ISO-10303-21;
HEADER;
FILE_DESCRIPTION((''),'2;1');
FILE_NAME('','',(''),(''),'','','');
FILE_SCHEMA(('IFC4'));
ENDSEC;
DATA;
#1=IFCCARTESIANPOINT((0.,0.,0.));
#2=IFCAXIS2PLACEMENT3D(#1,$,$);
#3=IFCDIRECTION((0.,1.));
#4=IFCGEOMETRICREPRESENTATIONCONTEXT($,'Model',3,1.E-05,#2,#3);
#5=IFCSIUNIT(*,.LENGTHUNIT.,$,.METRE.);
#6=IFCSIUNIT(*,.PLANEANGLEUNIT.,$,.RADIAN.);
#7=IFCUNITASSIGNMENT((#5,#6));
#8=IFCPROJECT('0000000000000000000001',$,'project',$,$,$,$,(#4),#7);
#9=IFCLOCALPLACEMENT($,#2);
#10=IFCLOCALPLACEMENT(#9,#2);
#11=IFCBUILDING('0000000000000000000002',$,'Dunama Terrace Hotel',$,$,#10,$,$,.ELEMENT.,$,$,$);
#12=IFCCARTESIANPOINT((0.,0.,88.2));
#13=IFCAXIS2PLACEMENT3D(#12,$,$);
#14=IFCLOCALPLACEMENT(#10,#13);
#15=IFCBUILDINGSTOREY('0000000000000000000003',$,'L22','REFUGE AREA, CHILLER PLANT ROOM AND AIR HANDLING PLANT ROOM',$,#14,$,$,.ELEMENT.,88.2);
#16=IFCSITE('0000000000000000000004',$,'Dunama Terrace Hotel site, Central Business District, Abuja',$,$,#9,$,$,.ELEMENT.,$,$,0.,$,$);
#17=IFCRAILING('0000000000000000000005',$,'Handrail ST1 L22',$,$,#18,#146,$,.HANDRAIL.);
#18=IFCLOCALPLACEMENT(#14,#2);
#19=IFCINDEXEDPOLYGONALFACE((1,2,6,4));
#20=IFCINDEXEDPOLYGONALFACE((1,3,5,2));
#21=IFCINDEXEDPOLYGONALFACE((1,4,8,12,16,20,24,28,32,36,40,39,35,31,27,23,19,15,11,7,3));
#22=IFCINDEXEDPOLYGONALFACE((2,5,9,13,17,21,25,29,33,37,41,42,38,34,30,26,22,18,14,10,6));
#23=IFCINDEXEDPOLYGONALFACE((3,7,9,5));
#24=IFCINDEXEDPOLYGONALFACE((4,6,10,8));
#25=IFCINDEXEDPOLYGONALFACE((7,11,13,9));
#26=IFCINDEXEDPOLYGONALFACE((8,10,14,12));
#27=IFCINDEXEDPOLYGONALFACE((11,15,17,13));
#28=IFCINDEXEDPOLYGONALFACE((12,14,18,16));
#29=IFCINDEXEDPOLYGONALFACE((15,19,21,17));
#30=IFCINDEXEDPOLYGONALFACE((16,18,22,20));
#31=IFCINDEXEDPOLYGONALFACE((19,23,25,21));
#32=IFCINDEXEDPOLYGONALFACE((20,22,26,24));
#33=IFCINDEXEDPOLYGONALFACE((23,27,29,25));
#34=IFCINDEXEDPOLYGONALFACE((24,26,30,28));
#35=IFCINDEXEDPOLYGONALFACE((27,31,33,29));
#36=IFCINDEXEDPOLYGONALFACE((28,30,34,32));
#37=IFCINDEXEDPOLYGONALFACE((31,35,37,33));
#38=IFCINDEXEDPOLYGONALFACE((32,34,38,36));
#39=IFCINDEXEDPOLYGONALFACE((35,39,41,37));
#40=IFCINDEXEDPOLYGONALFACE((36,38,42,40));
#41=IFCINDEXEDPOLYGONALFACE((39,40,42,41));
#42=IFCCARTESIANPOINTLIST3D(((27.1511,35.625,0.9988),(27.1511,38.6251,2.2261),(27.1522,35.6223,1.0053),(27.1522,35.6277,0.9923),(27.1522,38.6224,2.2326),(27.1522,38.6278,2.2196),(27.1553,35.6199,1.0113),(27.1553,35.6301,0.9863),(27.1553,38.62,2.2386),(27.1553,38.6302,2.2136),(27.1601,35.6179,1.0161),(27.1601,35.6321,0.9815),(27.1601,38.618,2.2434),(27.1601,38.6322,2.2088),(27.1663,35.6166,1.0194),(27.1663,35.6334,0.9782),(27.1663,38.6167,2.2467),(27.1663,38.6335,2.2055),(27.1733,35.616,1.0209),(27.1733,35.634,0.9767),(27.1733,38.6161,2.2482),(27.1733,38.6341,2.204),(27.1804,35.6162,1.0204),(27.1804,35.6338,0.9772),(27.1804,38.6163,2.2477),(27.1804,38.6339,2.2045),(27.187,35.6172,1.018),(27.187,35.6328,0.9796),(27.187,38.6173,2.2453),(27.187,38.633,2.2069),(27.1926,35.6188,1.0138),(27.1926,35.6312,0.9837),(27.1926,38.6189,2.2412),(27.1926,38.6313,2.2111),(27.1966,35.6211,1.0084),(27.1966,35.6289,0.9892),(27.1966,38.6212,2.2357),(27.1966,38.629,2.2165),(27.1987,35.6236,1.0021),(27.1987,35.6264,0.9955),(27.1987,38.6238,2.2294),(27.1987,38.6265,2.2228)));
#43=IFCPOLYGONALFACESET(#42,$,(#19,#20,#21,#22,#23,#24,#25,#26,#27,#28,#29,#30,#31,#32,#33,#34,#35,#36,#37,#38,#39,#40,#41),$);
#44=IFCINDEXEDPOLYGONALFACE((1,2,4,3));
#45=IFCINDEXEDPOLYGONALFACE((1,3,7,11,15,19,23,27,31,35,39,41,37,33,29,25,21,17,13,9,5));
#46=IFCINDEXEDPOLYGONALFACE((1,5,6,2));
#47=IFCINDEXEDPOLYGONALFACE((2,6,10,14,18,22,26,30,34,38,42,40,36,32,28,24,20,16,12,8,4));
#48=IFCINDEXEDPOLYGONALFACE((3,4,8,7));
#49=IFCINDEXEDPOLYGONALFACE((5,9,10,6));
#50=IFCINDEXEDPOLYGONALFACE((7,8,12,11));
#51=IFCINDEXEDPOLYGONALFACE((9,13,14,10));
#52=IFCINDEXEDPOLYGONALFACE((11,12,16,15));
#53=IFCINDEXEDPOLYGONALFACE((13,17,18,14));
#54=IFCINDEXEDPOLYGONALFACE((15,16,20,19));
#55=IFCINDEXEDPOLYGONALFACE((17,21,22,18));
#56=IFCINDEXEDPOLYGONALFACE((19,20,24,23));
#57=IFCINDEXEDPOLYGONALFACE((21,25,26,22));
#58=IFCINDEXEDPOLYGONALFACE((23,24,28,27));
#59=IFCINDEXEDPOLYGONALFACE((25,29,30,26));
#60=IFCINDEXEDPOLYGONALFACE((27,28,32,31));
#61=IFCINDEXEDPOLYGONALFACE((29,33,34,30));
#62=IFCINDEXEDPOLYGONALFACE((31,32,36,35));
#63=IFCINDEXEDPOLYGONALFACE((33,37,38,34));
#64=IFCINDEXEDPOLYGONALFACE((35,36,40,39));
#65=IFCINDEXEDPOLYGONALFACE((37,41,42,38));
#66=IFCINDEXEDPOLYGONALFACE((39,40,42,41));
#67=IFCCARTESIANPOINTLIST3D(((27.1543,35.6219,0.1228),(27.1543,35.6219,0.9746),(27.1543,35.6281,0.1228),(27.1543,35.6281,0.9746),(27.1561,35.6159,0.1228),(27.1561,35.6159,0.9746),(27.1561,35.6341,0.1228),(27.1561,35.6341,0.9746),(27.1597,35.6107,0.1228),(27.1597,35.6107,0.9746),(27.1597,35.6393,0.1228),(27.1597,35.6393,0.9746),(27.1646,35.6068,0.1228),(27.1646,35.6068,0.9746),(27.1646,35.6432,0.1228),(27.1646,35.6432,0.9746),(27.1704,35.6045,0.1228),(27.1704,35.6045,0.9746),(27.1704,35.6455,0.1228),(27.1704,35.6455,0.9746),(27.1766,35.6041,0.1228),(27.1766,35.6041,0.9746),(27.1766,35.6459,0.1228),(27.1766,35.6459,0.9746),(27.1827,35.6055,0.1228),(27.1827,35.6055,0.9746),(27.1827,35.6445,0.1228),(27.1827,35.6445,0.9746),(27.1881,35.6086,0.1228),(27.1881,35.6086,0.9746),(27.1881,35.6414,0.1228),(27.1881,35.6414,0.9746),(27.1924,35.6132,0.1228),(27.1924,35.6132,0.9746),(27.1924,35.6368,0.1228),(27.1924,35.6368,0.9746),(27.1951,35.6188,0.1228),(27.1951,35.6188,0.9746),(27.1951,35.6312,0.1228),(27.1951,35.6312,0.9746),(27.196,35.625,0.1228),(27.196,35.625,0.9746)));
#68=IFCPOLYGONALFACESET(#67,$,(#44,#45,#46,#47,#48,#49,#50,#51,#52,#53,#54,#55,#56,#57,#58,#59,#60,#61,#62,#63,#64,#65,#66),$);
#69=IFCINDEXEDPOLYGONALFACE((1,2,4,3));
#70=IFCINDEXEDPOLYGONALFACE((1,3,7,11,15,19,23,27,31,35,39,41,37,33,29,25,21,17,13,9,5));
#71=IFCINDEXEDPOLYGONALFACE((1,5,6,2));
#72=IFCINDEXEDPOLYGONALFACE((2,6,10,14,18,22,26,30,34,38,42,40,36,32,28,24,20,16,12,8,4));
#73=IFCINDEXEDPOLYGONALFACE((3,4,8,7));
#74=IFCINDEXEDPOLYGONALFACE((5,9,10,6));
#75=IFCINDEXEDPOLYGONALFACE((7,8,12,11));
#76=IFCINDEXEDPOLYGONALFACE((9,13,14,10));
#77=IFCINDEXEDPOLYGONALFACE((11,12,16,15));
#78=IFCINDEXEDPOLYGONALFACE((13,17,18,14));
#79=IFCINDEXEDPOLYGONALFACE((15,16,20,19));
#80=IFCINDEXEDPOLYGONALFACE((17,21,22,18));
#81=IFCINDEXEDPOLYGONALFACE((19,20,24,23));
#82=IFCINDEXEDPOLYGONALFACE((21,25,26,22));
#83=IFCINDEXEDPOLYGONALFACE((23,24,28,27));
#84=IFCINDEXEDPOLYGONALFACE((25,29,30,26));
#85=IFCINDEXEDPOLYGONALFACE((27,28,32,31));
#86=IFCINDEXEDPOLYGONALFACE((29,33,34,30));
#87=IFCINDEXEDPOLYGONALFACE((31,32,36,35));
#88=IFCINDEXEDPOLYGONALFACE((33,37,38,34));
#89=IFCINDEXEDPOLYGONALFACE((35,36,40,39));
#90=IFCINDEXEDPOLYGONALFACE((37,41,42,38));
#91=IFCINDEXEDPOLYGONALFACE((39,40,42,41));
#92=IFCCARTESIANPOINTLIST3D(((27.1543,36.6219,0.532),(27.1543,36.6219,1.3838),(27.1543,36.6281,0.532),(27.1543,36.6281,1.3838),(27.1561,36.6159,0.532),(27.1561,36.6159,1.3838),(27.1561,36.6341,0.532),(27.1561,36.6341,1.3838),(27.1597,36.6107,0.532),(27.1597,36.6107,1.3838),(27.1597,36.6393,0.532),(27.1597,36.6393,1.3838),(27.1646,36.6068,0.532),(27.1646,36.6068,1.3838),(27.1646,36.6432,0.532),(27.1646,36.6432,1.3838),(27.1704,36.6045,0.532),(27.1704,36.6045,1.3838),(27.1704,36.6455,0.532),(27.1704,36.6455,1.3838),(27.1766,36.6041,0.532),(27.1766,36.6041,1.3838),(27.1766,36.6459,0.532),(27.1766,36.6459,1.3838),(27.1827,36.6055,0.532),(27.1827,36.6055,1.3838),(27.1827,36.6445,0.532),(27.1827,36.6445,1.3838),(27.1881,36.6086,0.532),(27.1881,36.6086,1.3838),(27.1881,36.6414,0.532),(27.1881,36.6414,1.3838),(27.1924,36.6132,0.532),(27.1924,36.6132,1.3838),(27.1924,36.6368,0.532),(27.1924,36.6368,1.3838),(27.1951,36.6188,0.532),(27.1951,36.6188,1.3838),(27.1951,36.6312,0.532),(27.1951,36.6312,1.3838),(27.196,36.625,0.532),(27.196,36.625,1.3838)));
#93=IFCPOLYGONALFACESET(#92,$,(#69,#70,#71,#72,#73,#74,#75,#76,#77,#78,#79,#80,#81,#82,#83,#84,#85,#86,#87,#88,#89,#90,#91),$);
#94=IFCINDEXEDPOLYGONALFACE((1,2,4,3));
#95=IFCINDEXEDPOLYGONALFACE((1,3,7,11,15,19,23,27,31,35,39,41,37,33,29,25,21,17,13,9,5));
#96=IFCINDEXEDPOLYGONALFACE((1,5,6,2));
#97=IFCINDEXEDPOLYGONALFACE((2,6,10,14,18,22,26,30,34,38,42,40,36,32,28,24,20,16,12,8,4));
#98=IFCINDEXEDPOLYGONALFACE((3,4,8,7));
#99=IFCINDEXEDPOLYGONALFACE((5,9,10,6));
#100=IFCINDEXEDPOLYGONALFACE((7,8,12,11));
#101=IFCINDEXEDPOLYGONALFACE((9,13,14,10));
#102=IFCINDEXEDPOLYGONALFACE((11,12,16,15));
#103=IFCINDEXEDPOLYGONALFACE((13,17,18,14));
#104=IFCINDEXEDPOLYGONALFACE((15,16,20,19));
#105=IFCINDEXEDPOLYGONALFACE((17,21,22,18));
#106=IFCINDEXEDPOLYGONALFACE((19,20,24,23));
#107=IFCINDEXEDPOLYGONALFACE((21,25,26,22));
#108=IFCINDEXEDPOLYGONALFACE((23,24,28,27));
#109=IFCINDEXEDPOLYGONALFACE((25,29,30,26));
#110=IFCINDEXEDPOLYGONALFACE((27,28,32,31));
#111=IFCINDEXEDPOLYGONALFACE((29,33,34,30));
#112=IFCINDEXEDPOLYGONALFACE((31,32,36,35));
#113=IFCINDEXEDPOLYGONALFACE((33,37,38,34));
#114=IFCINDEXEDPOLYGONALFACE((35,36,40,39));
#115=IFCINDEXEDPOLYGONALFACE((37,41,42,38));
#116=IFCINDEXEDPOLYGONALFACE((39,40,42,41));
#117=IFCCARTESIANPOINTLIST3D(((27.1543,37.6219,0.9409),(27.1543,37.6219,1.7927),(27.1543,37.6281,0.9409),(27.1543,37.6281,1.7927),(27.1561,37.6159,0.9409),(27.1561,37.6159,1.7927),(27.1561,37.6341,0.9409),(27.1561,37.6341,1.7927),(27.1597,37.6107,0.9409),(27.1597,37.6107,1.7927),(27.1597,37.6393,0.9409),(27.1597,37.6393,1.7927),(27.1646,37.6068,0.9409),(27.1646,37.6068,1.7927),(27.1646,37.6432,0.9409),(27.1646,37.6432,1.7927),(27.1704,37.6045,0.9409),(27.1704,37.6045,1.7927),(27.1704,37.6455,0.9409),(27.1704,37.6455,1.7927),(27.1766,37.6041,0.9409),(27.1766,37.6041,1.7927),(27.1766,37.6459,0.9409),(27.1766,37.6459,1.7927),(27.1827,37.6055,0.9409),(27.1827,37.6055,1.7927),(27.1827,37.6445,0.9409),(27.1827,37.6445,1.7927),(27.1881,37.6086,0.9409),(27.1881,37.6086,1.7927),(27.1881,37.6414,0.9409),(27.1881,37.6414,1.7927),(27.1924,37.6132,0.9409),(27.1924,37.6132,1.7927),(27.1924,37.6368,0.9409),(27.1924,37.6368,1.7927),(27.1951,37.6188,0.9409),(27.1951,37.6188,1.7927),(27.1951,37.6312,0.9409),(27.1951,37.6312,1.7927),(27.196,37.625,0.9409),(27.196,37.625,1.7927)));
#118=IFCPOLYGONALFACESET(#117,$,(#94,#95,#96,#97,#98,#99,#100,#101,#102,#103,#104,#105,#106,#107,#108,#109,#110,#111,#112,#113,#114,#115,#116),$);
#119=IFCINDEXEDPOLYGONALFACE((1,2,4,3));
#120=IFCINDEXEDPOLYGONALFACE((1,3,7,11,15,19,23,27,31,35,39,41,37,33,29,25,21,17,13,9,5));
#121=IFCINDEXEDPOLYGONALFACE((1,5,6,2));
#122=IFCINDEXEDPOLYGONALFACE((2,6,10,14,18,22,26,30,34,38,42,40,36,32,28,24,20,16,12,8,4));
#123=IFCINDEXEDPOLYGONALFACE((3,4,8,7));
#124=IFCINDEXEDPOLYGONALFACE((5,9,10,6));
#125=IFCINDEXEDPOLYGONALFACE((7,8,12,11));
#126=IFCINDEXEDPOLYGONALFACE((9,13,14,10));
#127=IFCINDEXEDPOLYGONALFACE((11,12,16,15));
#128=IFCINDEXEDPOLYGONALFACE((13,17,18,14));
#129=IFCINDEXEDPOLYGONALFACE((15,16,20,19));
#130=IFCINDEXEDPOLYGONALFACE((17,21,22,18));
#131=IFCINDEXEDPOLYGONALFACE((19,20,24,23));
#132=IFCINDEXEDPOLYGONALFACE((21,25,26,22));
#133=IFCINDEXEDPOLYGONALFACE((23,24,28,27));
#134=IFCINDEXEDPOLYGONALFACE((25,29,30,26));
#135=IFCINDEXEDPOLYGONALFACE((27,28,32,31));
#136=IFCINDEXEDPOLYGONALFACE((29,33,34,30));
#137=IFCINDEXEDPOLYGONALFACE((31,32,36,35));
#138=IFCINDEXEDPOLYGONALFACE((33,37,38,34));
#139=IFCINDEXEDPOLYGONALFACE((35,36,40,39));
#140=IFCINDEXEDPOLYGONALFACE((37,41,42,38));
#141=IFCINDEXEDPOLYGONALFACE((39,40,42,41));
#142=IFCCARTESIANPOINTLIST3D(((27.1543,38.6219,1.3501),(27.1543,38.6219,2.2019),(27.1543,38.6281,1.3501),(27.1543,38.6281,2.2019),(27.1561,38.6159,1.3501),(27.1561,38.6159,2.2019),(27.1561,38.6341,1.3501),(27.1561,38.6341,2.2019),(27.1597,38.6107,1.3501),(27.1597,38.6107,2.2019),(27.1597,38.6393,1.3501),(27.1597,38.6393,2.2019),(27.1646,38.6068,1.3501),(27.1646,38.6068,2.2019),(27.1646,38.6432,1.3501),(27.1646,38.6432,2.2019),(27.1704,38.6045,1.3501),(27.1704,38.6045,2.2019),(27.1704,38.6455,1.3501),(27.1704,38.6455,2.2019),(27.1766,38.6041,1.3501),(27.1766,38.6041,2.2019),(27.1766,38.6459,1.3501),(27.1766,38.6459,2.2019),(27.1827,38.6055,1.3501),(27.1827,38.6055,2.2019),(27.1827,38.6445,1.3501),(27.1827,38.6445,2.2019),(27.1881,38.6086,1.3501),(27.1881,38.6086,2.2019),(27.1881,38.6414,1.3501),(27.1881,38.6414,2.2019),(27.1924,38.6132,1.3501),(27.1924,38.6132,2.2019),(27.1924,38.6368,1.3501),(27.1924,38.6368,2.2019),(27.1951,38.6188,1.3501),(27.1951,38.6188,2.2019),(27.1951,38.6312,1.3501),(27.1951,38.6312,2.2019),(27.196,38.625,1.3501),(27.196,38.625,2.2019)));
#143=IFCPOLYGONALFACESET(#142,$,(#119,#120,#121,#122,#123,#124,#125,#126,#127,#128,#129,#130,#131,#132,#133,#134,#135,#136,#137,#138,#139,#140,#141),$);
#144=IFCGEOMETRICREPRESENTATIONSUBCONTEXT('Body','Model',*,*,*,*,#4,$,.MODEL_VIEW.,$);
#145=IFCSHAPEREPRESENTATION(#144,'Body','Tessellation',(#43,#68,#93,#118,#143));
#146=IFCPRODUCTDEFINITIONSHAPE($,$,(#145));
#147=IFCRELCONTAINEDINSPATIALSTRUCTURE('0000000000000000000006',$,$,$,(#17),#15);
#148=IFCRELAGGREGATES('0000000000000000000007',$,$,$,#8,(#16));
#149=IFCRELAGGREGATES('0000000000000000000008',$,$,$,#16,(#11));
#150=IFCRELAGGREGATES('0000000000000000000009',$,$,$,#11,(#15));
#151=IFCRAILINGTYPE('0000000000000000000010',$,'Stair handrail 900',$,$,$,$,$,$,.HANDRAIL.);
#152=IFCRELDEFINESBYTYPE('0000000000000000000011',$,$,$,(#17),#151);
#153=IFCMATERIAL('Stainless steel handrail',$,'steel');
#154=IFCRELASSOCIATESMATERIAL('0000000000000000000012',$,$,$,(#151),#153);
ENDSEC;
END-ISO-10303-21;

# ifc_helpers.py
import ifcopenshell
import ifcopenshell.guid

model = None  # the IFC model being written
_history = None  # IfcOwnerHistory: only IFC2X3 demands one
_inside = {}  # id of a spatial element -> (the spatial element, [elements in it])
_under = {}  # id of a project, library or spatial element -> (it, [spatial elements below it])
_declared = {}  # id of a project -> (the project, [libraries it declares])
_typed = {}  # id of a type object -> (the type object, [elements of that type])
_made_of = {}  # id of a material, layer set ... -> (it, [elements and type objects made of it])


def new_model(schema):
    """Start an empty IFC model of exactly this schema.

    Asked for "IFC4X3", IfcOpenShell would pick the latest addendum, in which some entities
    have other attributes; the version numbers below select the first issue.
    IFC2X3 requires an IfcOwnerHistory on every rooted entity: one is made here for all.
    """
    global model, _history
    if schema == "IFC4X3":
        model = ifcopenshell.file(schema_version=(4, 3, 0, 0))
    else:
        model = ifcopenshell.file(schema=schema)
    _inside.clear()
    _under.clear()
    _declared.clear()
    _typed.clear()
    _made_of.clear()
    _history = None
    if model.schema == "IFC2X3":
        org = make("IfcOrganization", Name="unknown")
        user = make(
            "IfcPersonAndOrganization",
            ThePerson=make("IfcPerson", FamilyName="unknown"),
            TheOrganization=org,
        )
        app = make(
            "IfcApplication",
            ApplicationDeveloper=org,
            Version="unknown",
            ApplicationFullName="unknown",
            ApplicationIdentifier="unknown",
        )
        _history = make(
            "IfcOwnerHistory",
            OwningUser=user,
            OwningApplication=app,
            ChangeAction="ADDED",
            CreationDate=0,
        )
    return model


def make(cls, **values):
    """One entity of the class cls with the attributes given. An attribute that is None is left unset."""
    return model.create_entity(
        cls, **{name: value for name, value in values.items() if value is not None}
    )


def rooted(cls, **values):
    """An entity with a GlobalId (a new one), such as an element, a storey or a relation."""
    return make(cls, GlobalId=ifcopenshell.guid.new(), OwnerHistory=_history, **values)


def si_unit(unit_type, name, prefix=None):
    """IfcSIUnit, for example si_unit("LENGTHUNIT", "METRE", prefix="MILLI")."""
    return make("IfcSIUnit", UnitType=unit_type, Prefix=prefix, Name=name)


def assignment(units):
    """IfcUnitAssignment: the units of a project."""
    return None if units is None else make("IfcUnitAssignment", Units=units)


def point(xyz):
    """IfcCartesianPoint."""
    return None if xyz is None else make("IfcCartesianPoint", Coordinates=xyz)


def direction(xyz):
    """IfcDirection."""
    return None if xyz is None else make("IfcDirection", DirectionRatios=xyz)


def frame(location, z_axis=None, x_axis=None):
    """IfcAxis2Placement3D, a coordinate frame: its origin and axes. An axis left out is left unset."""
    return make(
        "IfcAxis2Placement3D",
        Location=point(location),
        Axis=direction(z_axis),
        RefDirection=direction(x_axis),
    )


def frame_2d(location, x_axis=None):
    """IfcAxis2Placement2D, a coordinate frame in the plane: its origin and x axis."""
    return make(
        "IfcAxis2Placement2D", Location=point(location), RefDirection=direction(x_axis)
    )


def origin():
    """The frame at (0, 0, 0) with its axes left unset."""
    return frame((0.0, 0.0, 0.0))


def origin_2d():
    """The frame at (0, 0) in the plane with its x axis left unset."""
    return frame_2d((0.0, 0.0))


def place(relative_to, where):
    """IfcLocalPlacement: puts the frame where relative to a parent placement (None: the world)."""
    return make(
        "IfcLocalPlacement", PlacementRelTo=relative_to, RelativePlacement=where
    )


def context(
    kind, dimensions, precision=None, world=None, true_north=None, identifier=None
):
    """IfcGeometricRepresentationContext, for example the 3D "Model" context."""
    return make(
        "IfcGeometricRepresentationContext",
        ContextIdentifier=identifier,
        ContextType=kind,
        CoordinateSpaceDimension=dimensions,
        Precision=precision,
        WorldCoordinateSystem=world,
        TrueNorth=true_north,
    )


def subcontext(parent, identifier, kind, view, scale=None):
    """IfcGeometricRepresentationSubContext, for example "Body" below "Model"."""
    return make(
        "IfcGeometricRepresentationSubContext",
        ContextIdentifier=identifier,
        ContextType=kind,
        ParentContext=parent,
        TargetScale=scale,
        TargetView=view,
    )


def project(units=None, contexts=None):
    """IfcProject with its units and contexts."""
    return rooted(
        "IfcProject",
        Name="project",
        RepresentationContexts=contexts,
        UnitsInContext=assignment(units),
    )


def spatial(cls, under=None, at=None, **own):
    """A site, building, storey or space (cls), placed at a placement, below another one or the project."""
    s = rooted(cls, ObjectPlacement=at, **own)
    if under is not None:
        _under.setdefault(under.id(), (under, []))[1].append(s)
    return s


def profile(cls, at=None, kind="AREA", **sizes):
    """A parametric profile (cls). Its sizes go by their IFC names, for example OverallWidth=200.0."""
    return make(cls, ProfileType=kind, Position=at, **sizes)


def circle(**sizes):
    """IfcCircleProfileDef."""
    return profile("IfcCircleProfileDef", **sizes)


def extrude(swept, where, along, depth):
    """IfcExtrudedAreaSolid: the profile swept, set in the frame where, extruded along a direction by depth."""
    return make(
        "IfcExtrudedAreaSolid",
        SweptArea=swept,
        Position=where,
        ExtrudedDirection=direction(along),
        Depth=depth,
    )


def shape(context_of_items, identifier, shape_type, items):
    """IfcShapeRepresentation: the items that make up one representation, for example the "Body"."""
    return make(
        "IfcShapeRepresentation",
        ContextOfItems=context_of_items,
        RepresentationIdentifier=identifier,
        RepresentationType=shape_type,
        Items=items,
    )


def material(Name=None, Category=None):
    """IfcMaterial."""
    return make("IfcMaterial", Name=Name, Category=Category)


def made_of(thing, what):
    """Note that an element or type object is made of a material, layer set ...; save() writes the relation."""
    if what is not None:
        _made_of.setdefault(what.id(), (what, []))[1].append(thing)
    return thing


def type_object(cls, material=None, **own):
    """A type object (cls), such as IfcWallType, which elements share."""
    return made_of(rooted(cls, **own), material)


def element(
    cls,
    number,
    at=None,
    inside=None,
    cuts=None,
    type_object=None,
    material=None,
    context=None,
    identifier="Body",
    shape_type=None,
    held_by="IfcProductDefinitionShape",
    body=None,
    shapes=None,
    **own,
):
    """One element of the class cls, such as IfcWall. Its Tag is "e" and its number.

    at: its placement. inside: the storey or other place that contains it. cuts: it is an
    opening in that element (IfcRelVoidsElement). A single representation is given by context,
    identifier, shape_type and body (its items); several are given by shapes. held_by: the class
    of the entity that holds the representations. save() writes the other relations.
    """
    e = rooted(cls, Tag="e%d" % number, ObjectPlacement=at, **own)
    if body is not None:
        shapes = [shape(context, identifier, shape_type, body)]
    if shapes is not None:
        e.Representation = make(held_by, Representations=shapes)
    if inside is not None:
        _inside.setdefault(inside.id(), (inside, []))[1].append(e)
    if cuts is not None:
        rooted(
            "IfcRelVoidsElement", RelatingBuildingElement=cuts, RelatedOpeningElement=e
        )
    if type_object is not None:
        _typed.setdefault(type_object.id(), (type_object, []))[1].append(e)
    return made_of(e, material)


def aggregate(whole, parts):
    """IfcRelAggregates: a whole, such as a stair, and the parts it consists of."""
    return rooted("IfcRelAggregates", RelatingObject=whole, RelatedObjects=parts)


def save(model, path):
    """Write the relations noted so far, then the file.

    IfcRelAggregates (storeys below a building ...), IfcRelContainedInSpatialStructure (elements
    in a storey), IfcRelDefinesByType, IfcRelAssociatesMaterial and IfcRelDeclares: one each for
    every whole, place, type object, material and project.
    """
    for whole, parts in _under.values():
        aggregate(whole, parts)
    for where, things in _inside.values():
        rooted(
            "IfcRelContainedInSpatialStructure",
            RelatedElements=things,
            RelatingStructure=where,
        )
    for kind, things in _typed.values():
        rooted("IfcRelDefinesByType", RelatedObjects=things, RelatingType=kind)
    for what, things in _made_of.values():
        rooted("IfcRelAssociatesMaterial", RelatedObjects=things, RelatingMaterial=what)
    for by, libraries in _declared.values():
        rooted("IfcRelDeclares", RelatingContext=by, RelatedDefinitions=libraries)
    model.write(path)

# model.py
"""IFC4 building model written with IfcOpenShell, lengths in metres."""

from ifc_helpers import new_model, si_unit, direction, frame, origin, origin_2d, place, context, subcontext, project, spatial, circle, extrude, material, type_object, element, save


model = new_model("IFC4")

# Units and contexts
model_context = context("Model", 3, precision=1e-05, world=origin(), true_north=direction((0.0, 1.0)))
body_context = subcontext(model_context, "Body", "Model", "MODEL_VIEW")
ifc_project = project(units=[si_unit("LENGTHUNIT", "METRE"), si_unit("PLANEANGLEUNIT", "RADIAN")], contexts=[model_context])

# Site, building, storey
site_placement = place(None, origin())
site = spatial("IfcSite", under=ifc_project, at=site_placement, Name="Dunama Terrace Hotel site, Central Business District, Abuja", CompositionType="ELEMENT", RefElevation=0.0)
building_placement = place(site_placement, origin())
building = spatial("IfcBuilding", under=site, at=building_placement, Name="Dunama Terrace Hotel", CompositionType="ELEMENT")
storey_placement = place(building_placement, frame((0.0, 0.0, 88.2)))
storey = spatial("IfcBuildingStorey", under=building, at=storey_placement, Name="L22", Description="REFUGE AREA, CHILLER PLANT ROOM AND AIR HANDLING PLANT ROOM", CompositionType="ELEMENT", Elevation=88.2)

# Railing
ifc_material_1 = material(Name="Stainless steel handrail", Category="steel")
railing_type = type_object("IfcRailingType", Name="Stair handrail 900", PredefinedType="HANDRAIL", material=ifc_material_1)
railing_1_placement = place(storey_placement, frame((27.175, 35.625, 0.1228)))
element("IfcRailing", 1, at=railing_1_placement, inside=storey, type_object=railing_type, Name="Handrail ST1 L22", PredefinedType="HANDRAIL", context=body_context, shape_type="SweptSolid", body=[
    extrude(circle(Radius=0.0239, at=origin_2d()), frame((0.0, 0.0, 0.876), z_axis=(0.0, 0.925545, 0.378639), x_axis=(-1.0, 0.0, 0.0)), (0.0, 0.0, 1.0), 3.2415),
    extrude(circle(Radius=0.021, at=origin_2d()), origin(), (0.0, 0.0, 1.0), 0.8518),
    extrude(circle(Radius=0.021, at=origin_2d()), frame((0.0, 1.0, 0.4092)), (0.0, 0.0, 1.0), 0.8518),
    extrude(circle(Radius=0.021, at=origin_2d()), frame((0.0, 2.0, 0.8181)), (0.0, 0.0, 1.0), 0.8518),
    extrude(circle(Radius=0.021, at=origin_2d()), frame((0.0, 3.0, 1.2273)), (0.0, 0.0, 1.0), 0.8518),
])

save(model, "model.ifc")
